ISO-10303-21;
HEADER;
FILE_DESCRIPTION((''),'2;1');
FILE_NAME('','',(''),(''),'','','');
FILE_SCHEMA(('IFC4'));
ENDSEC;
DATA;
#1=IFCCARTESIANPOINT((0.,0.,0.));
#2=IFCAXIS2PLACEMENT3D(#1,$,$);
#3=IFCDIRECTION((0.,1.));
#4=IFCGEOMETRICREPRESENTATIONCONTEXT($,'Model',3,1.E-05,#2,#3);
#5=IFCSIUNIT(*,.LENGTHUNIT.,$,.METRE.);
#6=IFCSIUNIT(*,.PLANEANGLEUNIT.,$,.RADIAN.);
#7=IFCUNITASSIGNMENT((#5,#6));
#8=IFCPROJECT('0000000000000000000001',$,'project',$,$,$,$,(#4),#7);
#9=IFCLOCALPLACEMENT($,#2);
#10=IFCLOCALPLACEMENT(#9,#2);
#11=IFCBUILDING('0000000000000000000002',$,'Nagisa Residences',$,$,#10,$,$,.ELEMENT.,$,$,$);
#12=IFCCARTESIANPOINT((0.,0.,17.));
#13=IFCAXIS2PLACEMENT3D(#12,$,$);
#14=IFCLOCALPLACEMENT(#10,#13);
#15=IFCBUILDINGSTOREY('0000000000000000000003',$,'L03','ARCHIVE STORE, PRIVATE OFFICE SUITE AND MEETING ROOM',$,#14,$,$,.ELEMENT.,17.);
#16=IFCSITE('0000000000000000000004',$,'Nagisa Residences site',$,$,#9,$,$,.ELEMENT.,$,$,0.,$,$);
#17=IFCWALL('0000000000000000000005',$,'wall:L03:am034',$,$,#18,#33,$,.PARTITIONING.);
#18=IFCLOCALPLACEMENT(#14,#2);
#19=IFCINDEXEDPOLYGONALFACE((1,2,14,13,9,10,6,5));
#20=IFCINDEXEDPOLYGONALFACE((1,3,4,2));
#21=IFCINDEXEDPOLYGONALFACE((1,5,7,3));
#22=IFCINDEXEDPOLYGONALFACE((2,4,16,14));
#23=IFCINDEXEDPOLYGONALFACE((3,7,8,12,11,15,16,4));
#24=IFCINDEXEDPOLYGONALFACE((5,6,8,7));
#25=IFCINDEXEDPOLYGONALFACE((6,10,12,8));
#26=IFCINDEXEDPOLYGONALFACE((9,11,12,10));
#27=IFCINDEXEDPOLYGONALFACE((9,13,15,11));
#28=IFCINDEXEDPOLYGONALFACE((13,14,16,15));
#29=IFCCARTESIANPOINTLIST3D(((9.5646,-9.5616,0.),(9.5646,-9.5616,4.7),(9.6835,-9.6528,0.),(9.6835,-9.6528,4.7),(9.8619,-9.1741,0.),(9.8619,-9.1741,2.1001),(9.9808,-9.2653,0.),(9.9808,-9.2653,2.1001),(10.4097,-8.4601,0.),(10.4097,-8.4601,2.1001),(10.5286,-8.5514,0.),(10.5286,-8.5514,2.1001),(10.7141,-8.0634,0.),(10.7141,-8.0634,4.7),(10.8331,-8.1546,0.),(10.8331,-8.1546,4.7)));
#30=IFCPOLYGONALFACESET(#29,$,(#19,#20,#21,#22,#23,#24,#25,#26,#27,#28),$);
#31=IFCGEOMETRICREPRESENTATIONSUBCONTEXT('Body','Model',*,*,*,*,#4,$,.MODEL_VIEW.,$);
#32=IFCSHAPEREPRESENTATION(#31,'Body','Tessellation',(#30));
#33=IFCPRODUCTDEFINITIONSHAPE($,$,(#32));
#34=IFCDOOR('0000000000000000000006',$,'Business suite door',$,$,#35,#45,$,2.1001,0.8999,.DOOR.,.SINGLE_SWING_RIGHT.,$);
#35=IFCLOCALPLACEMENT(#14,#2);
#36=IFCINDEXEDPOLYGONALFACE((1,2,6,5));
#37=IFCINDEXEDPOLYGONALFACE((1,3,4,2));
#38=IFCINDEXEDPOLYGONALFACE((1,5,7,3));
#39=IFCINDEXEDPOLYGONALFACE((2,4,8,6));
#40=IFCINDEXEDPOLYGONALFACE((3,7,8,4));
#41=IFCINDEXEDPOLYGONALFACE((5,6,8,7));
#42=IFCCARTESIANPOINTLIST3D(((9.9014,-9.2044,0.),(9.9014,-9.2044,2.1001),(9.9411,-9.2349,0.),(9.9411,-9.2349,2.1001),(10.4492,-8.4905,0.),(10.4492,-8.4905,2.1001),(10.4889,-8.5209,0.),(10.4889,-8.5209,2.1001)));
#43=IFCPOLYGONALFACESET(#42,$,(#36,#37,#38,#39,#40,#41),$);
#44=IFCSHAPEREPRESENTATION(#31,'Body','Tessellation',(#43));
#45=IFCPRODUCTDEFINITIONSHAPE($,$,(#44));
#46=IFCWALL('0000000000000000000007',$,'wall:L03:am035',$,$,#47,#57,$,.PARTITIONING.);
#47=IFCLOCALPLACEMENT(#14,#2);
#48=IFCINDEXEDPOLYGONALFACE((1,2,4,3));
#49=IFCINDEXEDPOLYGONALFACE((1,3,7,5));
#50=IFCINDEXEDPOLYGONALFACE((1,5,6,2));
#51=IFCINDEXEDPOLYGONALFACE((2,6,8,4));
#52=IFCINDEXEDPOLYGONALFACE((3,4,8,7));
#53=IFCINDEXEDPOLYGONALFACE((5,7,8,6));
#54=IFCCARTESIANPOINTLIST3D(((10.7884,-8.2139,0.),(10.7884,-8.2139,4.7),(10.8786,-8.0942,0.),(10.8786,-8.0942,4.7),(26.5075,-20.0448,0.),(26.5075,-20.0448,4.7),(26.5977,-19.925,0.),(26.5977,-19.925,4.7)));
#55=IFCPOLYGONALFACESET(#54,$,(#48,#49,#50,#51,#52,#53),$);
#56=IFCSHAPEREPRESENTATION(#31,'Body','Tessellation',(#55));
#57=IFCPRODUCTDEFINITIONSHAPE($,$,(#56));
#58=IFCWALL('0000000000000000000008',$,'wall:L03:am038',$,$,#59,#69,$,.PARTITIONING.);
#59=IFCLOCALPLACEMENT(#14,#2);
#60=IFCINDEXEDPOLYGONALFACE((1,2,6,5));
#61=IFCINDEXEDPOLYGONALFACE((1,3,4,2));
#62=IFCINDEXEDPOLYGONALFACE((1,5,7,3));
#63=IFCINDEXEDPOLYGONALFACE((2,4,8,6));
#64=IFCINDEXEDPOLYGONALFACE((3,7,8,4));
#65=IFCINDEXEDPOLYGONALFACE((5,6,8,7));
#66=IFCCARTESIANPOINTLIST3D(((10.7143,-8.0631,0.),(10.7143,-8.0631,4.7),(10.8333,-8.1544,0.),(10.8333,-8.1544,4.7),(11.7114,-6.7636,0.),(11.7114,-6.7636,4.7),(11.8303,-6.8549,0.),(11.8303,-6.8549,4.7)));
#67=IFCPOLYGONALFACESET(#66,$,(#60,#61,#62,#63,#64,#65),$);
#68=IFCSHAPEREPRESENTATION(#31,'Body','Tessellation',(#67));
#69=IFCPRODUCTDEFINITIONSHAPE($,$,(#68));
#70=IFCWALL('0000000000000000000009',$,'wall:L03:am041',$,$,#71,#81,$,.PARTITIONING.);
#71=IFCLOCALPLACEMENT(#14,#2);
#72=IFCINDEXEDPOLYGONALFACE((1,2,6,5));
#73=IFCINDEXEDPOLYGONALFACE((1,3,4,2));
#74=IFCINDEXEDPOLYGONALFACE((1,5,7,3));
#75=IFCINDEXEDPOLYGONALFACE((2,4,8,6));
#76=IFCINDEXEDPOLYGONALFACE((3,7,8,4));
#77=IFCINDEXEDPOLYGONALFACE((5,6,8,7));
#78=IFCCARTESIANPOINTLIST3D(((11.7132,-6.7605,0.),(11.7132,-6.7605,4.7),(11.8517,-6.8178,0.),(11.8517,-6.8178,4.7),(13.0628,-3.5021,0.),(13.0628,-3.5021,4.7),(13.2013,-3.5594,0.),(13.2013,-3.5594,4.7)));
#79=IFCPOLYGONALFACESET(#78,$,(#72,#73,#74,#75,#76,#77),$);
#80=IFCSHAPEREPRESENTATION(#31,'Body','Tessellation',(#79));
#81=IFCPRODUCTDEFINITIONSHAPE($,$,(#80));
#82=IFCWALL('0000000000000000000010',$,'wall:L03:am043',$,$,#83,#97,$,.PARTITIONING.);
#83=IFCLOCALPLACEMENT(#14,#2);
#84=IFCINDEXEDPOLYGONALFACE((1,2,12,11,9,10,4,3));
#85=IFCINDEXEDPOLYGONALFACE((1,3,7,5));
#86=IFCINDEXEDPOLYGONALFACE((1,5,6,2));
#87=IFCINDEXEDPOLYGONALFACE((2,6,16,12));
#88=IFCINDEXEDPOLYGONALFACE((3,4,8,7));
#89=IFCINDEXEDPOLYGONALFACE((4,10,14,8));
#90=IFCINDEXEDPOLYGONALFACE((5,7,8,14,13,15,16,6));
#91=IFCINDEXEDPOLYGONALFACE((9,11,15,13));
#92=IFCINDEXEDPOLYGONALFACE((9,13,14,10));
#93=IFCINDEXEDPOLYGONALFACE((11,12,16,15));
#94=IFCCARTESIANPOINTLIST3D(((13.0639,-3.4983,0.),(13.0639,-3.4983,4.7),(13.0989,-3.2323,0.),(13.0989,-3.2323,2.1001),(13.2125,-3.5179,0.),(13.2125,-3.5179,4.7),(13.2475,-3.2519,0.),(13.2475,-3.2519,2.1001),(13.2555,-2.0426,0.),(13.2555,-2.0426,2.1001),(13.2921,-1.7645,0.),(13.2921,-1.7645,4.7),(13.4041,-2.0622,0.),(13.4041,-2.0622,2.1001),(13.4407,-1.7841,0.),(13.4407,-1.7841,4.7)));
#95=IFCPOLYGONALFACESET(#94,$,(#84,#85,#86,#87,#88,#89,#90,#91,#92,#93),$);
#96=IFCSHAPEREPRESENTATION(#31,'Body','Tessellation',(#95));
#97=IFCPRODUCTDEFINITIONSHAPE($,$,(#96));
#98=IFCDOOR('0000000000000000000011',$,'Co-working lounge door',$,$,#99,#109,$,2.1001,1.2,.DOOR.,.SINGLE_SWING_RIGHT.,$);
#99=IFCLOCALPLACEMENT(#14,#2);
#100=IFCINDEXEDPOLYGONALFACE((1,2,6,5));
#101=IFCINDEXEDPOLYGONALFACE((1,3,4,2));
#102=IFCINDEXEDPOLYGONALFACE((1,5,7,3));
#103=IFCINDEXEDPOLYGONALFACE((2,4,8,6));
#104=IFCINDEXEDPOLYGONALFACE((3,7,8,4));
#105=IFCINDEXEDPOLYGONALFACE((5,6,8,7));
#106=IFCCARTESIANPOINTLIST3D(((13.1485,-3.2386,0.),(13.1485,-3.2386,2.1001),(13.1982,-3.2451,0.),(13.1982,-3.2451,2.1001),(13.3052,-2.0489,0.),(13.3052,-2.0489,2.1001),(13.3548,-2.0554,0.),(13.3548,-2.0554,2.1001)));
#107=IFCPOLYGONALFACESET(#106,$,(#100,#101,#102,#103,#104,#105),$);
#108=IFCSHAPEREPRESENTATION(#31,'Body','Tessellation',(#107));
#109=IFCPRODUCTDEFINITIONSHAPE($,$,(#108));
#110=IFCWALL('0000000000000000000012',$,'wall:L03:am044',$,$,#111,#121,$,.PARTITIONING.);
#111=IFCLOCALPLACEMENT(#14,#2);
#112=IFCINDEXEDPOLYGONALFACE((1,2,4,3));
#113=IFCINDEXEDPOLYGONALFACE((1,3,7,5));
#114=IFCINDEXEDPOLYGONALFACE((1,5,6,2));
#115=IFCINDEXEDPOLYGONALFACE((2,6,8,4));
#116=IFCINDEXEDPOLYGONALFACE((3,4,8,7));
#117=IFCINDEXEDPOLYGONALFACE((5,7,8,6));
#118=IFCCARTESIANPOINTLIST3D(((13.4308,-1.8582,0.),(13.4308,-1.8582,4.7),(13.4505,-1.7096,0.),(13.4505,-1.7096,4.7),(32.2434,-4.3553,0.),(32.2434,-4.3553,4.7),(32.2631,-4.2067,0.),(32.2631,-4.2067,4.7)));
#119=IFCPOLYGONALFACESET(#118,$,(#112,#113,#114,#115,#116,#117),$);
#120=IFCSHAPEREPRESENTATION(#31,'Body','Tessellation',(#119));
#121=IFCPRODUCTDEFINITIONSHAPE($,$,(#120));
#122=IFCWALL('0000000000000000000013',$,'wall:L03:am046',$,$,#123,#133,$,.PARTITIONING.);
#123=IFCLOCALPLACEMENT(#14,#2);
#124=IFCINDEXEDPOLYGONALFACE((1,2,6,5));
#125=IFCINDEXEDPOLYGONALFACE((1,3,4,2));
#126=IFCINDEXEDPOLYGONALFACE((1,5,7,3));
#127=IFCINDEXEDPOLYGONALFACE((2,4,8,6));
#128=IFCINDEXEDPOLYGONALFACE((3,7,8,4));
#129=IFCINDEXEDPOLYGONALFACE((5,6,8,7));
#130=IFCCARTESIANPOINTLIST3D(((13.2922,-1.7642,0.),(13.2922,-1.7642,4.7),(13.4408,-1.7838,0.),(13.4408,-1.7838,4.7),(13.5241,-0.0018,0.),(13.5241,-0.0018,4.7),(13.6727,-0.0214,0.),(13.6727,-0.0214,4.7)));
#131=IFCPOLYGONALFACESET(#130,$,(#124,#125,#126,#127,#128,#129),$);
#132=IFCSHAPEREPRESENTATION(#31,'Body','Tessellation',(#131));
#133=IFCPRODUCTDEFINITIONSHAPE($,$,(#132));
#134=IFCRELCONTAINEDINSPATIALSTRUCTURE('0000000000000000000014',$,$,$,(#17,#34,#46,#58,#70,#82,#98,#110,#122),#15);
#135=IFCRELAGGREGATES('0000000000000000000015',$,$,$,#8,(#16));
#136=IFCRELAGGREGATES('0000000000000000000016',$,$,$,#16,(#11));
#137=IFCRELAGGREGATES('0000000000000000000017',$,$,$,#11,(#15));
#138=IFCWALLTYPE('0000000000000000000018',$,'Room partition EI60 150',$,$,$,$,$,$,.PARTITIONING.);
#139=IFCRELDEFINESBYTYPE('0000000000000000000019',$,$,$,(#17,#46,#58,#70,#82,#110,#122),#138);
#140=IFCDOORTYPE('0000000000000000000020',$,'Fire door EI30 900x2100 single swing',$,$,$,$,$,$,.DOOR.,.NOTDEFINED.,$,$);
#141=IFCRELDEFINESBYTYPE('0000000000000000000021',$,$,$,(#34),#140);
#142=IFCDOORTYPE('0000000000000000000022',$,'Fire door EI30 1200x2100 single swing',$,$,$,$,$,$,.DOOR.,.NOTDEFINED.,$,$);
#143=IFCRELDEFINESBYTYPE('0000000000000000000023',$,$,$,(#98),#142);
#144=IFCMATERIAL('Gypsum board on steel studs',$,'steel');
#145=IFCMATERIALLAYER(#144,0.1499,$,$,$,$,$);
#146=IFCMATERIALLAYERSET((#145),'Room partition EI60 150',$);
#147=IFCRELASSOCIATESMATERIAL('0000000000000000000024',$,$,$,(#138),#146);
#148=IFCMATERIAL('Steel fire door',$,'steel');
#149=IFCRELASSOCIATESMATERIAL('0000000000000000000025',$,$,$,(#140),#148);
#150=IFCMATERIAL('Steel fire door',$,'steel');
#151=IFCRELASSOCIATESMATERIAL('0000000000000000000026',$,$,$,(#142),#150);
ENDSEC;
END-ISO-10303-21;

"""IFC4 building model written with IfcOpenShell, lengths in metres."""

from ifc_helpers import new_model, si_unit, direction, frame, frame_2d, origin, place, context, subcontext, project, spatial, rectangle, extrude, material, layer, layer_set, type_object, element, fill, save


model = new_model("IFC4")

# Units and contexts
model_context = context("Model", 3, precision=1e-05, world=origin(), true_north=direction((0.0, 1.0)))
body_context = subcontext(model_context, "Body", "Model", "MODEL_VIEW")
ifc_project = project(units=[si_unit("LENGTHUNIT", "METRE"), si_unit("PLANEANGLEUNIT", "RADIAN")], contexts=[model_context])

# Site, building, storey
site_placement = place(None, origin())
site = spatial("IfcSite", under=ifc_project, at=site_placement, Name="Nagisa Residences site", CompositionType="ELEMENT", RefElevation=0.0)
building_placement = place(site_placement, origin())
building = spatial("IfcBuilding", under=site, at=building_placement, Name="Nagisa Residences", CompositionType="ELEMENT")
storey_placement = place(building_placement, frame((0.0, 0.0, 17.0)))
storey = spatial("IfcBuildingStorey", under=building, at=storey_placement, Name="L03", Description="ARCHIVE STORE, PRIVATE OFFICE SUITE AND MEETING ROOM", CompositionType="ELEMENT", Elevation=17.0)

# Shared definitions
ifc_material_1 = material(Name="Gypsum board on steel studs", Category="steel")
ifc_layer_1 = layer(ifc_material_1, 0.1499)
ifc_layer_set_1 = layer_set([ifc_layer_1], Name="Room partition EI60 150")
wall_type = type_object("IfcWallType", Name="Room partition EI60 150", PredefinedType="PARTITIONING", material=ifc_layer_set_1)

# Wall, opening, door
wall_1_placement = place(storey_placement, frame((10.7737, -8.1089, 0.0), z_axis=(0.0, 0.0, 1.0), x_axis=(-0.608754, -0.793359, 0.0)))
wall_1 = element("IfcWall", 1, at=wall_1_placement, inside=storey, type_object=wall_type, Name="wall:L03:am034", PredefinedType="PARTITIONING", context=body_context, shape_type="SweptSolid", body=[
    extrude(rectangle(XDim=1.8884, YDim=0.1499, at=frame_2d((0.9443, 0.0))), origin(), (0.0, 0.0, 1.0), 4.7),
])
opening_1_placement = place(wall_1_placement, frame((0.5002, 0.0, 0.0)))
opening_1 = element("IfcOpeningElement", 2, at=opening_1_placement, cuts=wall_1, PredefinedType="OPENING", context=body_context, shape_type="SweptSolid", body=[
    extrude(rectangle(XDim=0.8999, YDim=2.1001, at=frame_2d((0.45, 1.05))), frame((0.0, 0.085, 0.0), z_axis=(0.0, -1.0, 0.0), x_axis=(1.0, 0.0, 0.0)), (0.0, 0.0, 1.0), 0.1699),
])
ifc_material_2 = material(Name="Steel fire door", Category="steel")
door_type_1 = type_object("IfcDoorType", Name="Fire door EI30 900x2100 single swing", OperationType="NOTDEFINED", PredefinedType="DOOR", material=ifc_material_2)
door_1_placement = place(opening_1_placement, origin())
door_1 = element("IfcDoor", 3, at=door_1_placement, inside=storey, type_object=door_type_1, Name="Business suite door", OperationType="SINGLE_SWING_RIGHT", OverallHeight=2.1001, OverallWidth=0.8999, PredefinedType="DOOR", context=body_context, shape_type="SweptSolid", body=[
    extrude(rectangle(XDim=0.8999, YDim=2.1001, at=frame_2d((0.45, 1.05))), frame((0.0, 0.0249, 0.0), z_axis=(0.0, -1.0, 0.0), x_axis=(1.0, 0.0, 0.0)), (0.0, 0.0, 1.0), 0.05),
])
fill(opening_1, door_1)

# Walls
wall_2_placement = place(storey_placement, frame((10.8335, -8.1541, 0.0), z_axis=(0.0, 0.0, 1.0), x_axis=(0.798985, -0.601351, 0.0)))
element("IfcWall", 4, at=wall_2_placement, inside=storey, type_object=wall_type, Name="wall:L03:am035", PredefinedType="PARTITIONING", context=body_context, shape_type="SweptSolid", body=[
    extrude(rectangle(XDim=19.6738, YDim=0.1499, at=frame_2d((9.8369, 0.0))), origin(), (0.0, 0.0, 1.0), 4.7),
])
wall_3_placement = place(storey_placement, frame((11.7708, -6.8093, 0.0), z_axis=(0.0, 0.0, 1.0), x_axis=(-0.608716, -0.793388, 0.0)))
element("IfcWall", 5, at=wall_3_placement, inside=storey, type_object=wall_type, Name="wall:L03:am038", PredefinedType="PARTITIONING", context=body_context, shape_type="SweptSolid", body=[
    extrude(rectangle(XDim=1.6379, YDim=0.1499, at=frame_2d((0.8188, 0.0))), origin(), (0.0, 0.0, 1.0), 4.7),
])
wall_4_placement = place(storey_placement, frame((13.1321, -3.5308, 0.0), z_axis=(0.0, 0.0, 1.0), x_axis=(-0.382678, -0.923882, 0.0)))
element("IfcWall", 6, at=wall_4_placement, inside=storey, type_object=wall_type, Name="wall:L03:am041", PredefinedType="PARTITIONING", context=body_context, shape_type="SweptSolid", body=[
    extrude(rectangle(XDim=3.5269, YDim=0.1499, at=frame_2d((1.7634, 0.0))), origin(), (0.0, 0.0, 1.0), 4.7),
])

# Wall, opening, door
wall_5_placement = place(storey_placement, frame((13.3665, -1.7742, 0.0), z_axis=(0.0, 0.0, 1.0), x_axis=(-0.130527, -0.991445, 0.0)))
wall_5 = element("IfcWall", 7, at=wall_5_placement, inside=storey, type_object=wall_type, Name="wall:L03:am043", PredefinedType="PARTITIONING", context=body_context, shape_type="SweptSolid", body=[
    extrude(rectangle(XDim=1.7488, YDim=0.1499, at=frame_2d((0.8745, 0.0))), origin(), (0.0, 0.0, 1.0), 4.7),
])
opening_2_placement = place(wall_5_placement, frame((0.2805, 0.0, 0.0)))
opening_2 = element("IfcOpeningElement", 8, at=opening_2_placement, cuts=wall_5, PredefinedType="OPENING", context=body_context, shape_type="SweptSolid", body=[
    extrude(rectangle(XDim=1.2, YDim=2.1001, at=frame_2d((0.6001, 1.05))), frame((0.0, 0.085, 0.0), z_axis=(0.0, -1.0, 0.0), x_axis=(1.0, 0.0, 0.0)), (0.0, 0.0, 1.0), 0.1699),
])
ifc_material_3 = material(Name="Steel fire door", Category="steel")
door_type_2 = type_object("IfcDoorType", Name="Fire door EI30 1200x2100 single swing", OperationType="NOTDEFINED", PredefinedType="DOOR", material=ifc_material_3)
door_2_placement = place(opening_2_placement, frame((1.2, 0.0, 0.0), x_axis=(-1.0, 0.0, 0.0)))
door_2 = element("IfcDoor", 9, at=door_2_placement, inside=storey, type_object=door_type_2, Name="Co-working lounge door", OperationType="SINGLE_SWING_RIGHT", OverallHeight=2.1001, OverallWidth=1.2, PredefinedType="DOOR", context=body_context, shape_type="SweptSolid", body=[
    extrude(rectangle(XDim=1.2, YDim=2.1001, at=frame_2d((0.6001, 1.05))), frame((0.0, 0.0249, 0.0), z_axis=(0.0, -1.0, 0.0), x_axis=(1.0, 0.0, 0.0)), (0.0, 0.0, 1.0), 0.05),
])
fill(opening_2, door_2)

# Walls
wall_6_placement = place(storey_placement, frame((13.4407, -1.7839, 0.0), z_axis=(0.0, 0.0, 1.0), x_axis=(0.991305, -0.131581, 0.0)))
element("IfcWall", 10, at=wall_6_placement, inside=storey, type_object=wall_type, Name="wall:L03:am044", PredefinedType="PARTITIONING", context=body_context, shape_type="SweptSolid", body=[
    extrude(rectangle(XDim=18.9775, YDim=0.1499, at=frame_2d((9.4888, 0.0))), origin(), (0.0, 0.0, 1.0), 4.7),
])
wall_7_placement = place(storey_placement, frame((13.5984, -0.0117, 0.0), z_axis=(0.0, 0.0, 1.0), x_axis=(-0.130472, -0.991452, 0.0)))
element("IfcWall", 11, at=wall_7_placement, inside=storey, type_object=wall_type, Name="wall:L03:am046", PredefinedType="PARTITIONING", context=body_context, shape_type="SweptSolid", body=[
    extrude(rectangle(XDim=1.7776, YDim=0.1499, at=frame_2d((0.8887, 0.0))), origin(), (0.0, 0.0, 1.0), 4.7),
])

save(model, "model.ifc")
